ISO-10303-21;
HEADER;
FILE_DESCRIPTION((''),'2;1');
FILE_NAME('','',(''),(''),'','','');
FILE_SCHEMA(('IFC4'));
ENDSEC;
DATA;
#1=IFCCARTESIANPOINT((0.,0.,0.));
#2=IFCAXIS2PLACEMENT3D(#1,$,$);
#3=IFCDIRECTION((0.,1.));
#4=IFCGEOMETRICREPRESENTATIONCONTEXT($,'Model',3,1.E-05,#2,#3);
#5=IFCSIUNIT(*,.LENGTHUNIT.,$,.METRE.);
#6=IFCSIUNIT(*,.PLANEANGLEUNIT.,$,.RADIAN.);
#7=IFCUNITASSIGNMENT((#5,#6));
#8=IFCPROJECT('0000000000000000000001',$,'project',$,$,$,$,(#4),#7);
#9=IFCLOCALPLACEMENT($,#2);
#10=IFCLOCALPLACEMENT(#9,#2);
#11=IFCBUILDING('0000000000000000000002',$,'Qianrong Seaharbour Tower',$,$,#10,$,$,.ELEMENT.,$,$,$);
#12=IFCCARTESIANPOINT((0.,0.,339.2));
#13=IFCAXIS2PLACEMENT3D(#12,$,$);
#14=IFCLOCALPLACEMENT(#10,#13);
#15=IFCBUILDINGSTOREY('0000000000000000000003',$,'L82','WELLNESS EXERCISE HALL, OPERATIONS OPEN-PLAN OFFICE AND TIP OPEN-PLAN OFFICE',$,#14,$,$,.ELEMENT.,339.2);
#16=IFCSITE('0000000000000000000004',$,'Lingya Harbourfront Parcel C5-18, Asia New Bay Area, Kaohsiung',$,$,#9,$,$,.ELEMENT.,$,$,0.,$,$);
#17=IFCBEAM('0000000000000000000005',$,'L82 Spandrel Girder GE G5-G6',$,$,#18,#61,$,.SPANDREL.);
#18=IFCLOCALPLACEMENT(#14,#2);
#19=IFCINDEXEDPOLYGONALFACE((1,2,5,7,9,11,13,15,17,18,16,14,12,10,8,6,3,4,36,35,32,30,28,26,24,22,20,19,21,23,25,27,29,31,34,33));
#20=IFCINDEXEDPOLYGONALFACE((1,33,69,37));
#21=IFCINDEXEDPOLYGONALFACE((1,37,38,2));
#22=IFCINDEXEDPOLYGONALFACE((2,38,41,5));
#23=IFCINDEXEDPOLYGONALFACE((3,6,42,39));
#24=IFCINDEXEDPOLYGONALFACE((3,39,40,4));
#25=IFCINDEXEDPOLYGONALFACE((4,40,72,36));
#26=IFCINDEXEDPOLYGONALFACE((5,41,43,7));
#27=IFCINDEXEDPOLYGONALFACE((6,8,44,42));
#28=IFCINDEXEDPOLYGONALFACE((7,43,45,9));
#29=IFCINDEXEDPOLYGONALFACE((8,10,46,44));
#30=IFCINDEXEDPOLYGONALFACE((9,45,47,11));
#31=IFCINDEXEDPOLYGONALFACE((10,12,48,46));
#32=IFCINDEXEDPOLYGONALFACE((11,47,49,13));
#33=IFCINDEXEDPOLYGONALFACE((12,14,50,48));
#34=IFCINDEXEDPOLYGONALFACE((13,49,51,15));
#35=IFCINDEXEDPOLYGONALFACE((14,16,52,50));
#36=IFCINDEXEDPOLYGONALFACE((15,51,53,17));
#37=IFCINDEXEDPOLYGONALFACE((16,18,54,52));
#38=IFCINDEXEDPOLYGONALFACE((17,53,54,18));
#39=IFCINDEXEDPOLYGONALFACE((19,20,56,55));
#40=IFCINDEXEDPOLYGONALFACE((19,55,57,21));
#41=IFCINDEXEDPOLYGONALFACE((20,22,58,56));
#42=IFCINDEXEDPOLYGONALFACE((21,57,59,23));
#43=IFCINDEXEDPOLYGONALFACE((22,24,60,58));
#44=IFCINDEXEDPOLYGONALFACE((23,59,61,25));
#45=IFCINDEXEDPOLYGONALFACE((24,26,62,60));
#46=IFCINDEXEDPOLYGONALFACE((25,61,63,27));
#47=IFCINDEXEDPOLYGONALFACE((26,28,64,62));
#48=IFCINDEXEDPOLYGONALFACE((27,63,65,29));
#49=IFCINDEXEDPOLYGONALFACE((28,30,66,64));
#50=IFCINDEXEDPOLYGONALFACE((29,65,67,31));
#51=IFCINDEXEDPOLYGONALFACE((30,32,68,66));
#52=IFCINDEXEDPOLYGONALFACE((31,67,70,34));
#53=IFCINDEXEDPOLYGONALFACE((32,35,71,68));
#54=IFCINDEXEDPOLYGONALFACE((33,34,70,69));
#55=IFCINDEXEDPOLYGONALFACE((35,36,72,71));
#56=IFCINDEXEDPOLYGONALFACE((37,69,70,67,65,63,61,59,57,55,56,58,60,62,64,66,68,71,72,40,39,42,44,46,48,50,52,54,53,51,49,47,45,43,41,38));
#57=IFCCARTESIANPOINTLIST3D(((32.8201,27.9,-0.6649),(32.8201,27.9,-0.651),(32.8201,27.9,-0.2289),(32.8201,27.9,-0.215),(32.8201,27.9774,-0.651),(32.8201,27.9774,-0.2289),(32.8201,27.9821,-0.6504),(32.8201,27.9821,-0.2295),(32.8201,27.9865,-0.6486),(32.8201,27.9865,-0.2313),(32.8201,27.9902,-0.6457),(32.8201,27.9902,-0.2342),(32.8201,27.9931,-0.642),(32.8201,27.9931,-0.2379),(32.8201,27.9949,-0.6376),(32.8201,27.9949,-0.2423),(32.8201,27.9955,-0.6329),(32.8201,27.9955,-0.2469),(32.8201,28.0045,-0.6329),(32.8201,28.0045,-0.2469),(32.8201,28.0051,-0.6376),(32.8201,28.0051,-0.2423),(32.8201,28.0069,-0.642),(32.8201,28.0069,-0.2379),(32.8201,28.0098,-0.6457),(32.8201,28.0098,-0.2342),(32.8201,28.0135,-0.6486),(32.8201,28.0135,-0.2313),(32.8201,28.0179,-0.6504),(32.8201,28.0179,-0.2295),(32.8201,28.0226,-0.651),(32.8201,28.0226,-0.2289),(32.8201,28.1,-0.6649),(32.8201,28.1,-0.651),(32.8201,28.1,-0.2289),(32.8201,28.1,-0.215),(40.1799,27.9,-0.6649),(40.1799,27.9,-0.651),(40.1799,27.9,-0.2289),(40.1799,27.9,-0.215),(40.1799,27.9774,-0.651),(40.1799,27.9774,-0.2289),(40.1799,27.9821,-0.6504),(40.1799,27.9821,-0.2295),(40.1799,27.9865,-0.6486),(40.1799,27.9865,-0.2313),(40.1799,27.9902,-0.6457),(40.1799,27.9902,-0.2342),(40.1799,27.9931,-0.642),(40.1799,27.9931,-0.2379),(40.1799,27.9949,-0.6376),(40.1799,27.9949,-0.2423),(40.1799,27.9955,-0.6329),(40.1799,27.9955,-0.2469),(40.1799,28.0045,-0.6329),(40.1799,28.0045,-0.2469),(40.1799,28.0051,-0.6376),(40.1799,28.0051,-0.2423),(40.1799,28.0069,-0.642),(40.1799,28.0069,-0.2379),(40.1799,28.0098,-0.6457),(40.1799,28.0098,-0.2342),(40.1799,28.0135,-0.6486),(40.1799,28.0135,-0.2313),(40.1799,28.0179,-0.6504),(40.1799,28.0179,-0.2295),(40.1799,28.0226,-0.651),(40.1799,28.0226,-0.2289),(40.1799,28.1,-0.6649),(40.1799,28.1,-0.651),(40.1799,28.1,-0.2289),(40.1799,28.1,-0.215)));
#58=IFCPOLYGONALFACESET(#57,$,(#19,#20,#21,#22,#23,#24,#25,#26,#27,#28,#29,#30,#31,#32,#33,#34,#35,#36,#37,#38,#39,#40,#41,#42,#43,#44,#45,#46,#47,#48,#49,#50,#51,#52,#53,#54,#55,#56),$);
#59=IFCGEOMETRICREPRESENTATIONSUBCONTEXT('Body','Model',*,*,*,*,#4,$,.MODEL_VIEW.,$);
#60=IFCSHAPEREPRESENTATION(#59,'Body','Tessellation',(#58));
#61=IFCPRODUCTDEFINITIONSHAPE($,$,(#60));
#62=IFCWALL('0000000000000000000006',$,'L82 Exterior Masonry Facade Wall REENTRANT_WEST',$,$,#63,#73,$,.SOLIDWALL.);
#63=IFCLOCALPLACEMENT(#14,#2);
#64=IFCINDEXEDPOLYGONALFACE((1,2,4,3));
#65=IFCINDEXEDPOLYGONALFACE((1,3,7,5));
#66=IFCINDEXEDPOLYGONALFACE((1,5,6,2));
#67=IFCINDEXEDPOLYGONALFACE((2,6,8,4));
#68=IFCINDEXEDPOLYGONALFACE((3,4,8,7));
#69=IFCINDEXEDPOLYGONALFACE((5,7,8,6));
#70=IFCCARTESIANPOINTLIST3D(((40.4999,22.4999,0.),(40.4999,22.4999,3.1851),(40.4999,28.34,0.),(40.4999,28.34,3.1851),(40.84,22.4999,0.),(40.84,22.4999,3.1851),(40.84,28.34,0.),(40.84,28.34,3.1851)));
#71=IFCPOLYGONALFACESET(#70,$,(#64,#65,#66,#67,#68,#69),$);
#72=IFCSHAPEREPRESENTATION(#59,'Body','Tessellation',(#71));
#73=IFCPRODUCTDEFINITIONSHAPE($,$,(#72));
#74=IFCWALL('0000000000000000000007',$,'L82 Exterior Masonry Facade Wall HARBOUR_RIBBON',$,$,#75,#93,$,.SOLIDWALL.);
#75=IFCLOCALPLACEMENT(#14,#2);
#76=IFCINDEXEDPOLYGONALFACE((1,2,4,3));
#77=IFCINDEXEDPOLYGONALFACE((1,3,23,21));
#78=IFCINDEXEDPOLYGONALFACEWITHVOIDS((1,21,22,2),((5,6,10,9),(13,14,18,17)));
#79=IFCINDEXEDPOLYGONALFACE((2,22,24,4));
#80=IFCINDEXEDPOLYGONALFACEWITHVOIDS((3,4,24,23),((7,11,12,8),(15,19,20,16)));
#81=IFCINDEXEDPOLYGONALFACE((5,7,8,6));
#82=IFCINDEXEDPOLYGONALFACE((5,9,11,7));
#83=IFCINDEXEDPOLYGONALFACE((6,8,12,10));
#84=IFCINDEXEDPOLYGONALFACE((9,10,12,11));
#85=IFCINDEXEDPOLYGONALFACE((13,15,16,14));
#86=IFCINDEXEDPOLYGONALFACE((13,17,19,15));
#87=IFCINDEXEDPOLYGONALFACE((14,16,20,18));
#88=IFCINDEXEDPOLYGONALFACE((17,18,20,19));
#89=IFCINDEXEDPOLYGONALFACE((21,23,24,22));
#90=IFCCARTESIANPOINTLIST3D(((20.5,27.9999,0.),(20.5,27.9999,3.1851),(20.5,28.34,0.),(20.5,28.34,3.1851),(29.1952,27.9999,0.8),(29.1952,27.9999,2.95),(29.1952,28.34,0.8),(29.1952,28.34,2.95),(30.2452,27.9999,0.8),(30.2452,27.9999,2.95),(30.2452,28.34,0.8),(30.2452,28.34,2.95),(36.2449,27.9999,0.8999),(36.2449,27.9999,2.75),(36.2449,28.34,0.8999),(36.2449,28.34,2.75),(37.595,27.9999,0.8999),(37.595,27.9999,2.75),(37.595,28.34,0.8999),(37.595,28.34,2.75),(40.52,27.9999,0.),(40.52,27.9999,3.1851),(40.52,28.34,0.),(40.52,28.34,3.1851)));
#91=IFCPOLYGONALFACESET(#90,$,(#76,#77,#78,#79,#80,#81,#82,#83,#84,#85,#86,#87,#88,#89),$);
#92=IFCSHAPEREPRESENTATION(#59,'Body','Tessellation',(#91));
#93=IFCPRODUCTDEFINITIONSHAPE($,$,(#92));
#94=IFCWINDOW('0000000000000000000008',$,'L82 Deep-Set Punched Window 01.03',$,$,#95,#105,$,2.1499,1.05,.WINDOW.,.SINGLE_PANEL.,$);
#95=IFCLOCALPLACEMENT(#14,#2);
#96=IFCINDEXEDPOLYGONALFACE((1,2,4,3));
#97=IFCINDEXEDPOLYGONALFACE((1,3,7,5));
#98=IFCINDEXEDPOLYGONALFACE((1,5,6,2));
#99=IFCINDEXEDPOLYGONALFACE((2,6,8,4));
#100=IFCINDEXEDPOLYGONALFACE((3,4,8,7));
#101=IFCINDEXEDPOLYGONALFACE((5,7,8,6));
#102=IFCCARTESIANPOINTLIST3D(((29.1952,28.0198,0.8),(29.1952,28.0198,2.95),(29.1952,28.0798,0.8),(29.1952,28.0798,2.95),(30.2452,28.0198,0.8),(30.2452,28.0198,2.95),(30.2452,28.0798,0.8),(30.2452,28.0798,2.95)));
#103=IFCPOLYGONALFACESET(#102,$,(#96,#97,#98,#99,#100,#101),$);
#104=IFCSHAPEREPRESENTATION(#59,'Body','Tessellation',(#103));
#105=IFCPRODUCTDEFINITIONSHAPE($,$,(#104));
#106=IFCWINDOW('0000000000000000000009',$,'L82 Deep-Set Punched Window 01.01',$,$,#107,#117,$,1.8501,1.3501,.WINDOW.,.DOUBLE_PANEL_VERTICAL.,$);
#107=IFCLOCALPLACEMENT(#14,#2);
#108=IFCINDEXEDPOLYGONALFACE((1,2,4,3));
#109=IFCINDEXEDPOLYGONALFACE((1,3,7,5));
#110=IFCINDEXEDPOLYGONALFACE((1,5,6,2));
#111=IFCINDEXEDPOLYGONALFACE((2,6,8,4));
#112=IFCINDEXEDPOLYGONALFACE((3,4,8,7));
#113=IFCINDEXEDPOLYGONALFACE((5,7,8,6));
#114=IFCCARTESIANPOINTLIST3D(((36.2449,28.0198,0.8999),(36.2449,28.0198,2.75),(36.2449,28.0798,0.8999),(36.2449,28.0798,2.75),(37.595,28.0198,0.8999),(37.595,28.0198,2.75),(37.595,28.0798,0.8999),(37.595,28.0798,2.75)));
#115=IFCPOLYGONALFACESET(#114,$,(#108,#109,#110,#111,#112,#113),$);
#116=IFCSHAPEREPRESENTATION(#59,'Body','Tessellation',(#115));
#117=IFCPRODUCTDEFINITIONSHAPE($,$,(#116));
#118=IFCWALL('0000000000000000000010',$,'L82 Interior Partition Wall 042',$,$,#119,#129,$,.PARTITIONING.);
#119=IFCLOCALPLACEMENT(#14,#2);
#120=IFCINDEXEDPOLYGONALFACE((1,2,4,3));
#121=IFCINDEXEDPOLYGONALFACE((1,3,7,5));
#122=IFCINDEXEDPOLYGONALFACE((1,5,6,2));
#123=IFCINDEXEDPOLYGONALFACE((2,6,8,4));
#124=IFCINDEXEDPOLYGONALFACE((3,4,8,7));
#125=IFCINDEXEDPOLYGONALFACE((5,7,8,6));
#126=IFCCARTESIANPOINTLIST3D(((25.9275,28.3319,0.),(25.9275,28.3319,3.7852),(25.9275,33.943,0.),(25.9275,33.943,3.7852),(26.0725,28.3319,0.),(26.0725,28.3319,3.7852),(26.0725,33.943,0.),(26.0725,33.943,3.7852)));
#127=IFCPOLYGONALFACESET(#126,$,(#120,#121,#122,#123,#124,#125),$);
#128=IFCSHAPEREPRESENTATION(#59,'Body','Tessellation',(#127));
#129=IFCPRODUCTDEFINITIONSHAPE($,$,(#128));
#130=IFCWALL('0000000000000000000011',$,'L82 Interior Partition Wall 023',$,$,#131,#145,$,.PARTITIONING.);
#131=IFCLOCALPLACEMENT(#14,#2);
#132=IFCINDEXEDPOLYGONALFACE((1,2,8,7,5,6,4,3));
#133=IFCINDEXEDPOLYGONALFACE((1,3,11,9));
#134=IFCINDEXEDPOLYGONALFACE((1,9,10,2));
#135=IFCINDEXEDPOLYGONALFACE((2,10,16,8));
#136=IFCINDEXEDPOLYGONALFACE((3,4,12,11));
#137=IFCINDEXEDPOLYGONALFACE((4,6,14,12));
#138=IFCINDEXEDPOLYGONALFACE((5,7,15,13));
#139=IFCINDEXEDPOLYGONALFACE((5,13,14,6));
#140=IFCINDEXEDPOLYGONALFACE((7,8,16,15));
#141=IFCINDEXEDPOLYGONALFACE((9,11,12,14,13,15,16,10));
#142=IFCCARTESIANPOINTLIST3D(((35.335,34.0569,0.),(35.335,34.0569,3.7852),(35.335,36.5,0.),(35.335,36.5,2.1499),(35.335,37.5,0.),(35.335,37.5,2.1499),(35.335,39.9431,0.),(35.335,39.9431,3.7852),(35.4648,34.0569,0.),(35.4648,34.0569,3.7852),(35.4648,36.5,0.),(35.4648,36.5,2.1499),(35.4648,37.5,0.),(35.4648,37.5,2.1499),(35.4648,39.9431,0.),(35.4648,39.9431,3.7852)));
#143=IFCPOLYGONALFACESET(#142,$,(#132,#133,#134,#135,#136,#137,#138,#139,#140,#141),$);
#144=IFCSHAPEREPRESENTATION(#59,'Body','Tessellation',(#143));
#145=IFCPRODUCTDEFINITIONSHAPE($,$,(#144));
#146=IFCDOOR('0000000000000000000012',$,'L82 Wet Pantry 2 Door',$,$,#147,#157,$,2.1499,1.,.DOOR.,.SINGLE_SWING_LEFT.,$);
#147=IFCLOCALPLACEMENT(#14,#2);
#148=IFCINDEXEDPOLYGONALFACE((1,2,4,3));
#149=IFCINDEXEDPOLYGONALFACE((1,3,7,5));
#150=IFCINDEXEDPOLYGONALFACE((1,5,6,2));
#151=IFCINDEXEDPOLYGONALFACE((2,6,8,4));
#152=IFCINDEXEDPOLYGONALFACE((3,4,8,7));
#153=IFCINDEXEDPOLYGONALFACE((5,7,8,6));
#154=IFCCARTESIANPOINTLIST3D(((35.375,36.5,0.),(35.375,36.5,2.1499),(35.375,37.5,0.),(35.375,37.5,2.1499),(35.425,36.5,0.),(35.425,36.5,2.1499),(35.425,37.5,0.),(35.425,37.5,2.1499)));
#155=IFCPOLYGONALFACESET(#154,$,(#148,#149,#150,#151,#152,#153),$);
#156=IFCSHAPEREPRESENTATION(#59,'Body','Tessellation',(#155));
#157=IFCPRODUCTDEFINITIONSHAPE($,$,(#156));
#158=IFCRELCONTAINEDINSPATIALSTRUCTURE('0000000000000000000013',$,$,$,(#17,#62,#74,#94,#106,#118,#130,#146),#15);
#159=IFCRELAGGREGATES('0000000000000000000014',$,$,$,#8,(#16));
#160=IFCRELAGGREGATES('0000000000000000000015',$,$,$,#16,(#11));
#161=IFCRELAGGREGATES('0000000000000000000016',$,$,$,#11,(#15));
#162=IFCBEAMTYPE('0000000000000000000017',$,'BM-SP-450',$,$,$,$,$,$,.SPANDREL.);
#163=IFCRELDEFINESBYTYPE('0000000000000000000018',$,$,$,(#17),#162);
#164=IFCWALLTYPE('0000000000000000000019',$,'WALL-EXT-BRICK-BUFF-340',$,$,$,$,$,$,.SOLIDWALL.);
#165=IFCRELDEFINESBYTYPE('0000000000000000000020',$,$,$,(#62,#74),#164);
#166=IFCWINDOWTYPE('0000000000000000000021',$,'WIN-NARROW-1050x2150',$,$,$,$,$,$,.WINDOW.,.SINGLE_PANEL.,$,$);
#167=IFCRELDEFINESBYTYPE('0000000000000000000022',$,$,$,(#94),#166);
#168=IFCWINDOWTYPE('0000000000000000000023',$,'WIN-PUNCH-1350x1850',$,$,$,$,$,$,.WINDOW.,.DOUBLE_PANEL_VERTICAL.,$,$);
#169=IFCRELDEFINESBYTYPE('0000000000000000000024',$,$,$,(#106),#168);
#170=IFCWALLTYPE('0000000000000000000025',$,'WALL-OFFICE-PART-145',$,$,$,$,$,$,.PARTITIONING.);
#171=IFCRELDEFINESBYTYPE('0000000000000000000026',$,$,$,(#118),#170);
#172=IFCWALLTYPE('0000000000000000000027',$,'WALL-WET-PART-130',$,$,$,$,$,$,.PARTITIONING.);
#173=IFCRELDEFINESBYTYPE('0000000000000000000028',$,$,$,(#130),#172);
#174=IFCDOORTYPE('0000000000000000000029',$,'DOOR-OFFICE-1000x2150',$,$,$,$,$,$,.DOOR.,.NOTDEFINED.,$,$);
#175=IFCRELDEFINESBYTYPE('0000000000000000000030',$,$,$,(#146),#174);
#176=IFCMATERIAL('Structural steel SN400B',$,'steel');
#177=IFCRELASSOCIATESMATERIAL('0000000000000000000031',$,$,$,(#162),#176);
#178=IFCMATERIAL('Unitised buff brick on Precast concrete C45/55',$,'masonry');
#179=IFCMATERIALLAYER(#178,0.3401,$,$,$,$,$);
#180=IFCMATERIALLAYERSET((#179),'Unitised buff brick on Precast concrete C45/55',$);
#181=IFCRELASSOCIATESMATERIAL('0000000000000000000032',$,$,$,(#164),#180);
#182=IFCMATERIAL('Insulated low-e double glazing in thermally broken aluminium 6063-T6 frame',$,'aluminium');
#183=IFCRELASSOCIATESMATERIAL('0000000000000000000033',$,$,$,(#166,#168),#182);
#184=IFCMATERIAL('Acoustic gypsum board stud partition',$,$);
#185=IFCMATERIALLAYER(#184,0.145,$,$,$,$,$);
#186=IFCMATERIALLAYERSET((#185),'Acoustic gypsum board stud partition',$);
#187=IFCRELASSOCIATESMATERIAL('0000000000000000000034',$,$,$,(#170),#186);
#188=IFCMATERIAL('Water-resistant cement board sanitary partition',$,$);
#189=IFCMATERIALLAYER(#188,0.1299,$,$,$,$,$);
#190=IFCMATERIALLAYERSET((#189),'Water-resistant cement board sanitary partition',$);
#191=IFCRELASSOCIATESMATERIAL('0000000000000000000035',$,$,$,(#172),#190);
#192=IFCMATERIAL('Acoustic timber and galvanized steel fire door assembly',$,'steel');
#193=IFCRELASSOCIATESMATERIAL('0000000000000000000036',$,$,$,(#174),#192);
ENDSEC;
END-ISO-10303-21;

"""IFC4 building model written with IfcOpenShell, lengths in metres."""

from ifc_helpers import new_model, si_unit, direction, frame, frame_2d, origin, origin_2d, place, context, subcontext, project, spatial, rectangle, i_section, extrude, material, layer, layer_set, material_profile, profile_set, type_object, element, fill, save


model = new_model("IFC4")

# Units and contexts
model_context = context("Model", 3, precision=1e-05, world=origin(), true_north=direction((0.0, 1.0)))
body_context = subcontext(model_context, "Body", "Model", "MODEL_VIEW")
ifc_project = project(units=[si_unit("LENGTHUNIT", "METRE"), si_unit("PLANEANGLEUNIT", "RADIAN")], contexts=[model_context])

# Site, building, storey
site_placement = place(None, origin())
site = spatial("IfcSite", under=ifc_project, at=site_placement, Name="Lingya Harbourfront Parcel C5-18, Asia New Bay Area, Kaohsiung", CompositionType="ELEMENT", RefElevation=0.0)
building_placement = place(site_placement, origin())
building = spatial("IfcBuilding", under=site, at=building_placement, Name="Qianrong Seaharbour Tower", CompositionType="ELEMENT")
storey_placement = place(building_placement, frame((0.0, 0.0, 339.2)))
storey = spatial("IfcBuildingStorey", under=building, at=storey_placement, Name="L82", Description="WELLNESS EXERCISE HALL, OPERATIONS OPEN-PLAN OFFICE AND TIP OPEN-PLAN OFFICE", CompositionType="ELEMENT", Elevation=339.2)

# Shared definitions
ifc_material_1 = material(Name="Structural steel SN400B", Category="steel")

# Beam
ifc_material_profile_1 = material_profile(ifc_material_1, i_section(OverallWidth=0.2, OverallDepth=0.45, WebThickness=0.009, FlangeThickness=0.0139, FilletRadius=0.0181, at=origin_2d()), Name="H450x200x9x14")
ifc_profile_set_1 = profile_set([ifc_material_profile_1], Name="Structural steel SN400B")
beam_type_1 = type_object("IfcBeamType", Name="BM-SP-450", PredefinedType="SPANDREL", material=ifc_profile_set_1)
for number, where, z_axis, x_axis, name in (
    (1, (32.8201, 28.0, -0.4399), (1.0, 0.0, 0.0), (0.0, 1.0, 0.0), "L82 Spandrel Girder GE G5-G6"),
):
    element("IfcBeam", number, at=place(storey_placement, frame(where, z_axis=z_axis, x_axis=x_axis)), inside=storey, type_object=beam_type_1, Name=name, PredefinedType="SPANDREL", context=body_context, shape_type="SweptSolid", body=[
        extrude(i_section(OverallWidth=0.2, OverallDepth=0.45, WebThickness=0.009, FlangeThickness=0.0139, FilletRadius=0.0181, at=origin_2d()), origin(), (0.0, 0.0, 1.0), 7.3599),
    ])

# Wall
ifc_material_2 = material(Name="Unitised buff brick on Precast concrete C45/55", Category="masonry")
ifc_layer_1 = layer(ifc_material_2, 0.3401)
ifc_layer_set_1 = layer_set([ifc_layer_1], Name="Unitised buff brick on Precast concrete C45/55")
wall_type_1 = type_object("IfcWallType", Name="WALL-EXT-BRICK-BUFF-340", PredefinedType="SOLIDWALL", material=ifc_layer_set_1)
wall_1_placement = place(storey_placement, frame((40.6699, 22.5, 0.0), z_axis=(0.0, 0.0, 1.0), x_axis=(0.0, 1.0, 0.0)))
element("IfcWall", 2, at=wall_1_placement, inside=storey, type_object=wall_type_1, Name="L82 Exterior Masonry Facade Wall REENTRANT_WEST", PredefinedType="SOLIDWALL", context=body_context, shape_type="SweptSolid", body=[
    extrude(rectangle(XDim=5.8401, YDim=0.3401, at=frame_2d((2.9199, 0.0))), origin(), (0.0, 0.0, 1.0), 3.1851),
])

# Wall, openings, windows
wall_2_placement = place(storey_placement, frame((40.52, 28.1699, 0.0), z_axis=(0.0, 0.0, 1.0), x_axis=(-1.0, 0.0, 0.0)))
wall_2 = element("IfcWall", 3, at=wall_2_placement, inside=storey, type_object=wall_type_1, Name="L82 Exterior Masonry Facade Wall HARBOUR_RIBBON", PredefinedType="SOLIDWALL", context=body_context, shape_type="SweptSolid", body=[
    extrude(rectangle(XDim=20.02, YDim=0.3401, at=frame_2d((10.01, 0.0))), origin(), (0.0, 0.0, 1.0), 3.1851),
])
opening_1_placement = place(wall_2_placement, frame((2.925, 0.0, 0.8999)))
opening_1 = element("IfcOpeningElement", 4, at=opening_1_placement, cuts=wall_2, PredefinedType="OPENING", context=body_context, shape_type="SweptSolid", body=[
    extrude(rectangle(XDim=1.3501, YDim=1.8501, at=frame_2d((0.675, 0.925))), frame((0.0, 0.1802, 0.0), z_axis=(0.0, -1.0, 0.0), x_axis=(1.0, 0.0, 0.0)), (0.0, 0.0, 1.0), 0.3601),
])
opening_2_placement = place(wall_2_placement, frame((10.2749, 0.0, 0.8)))
opening_2 = element("IfcOpeningElement", 5, at=opening_2_placement, cuts=wall_2, PredefinedType="OPENING", context=body_context, shape_type="SweptSolid", body=[
    extrude(rectangle(XDim=1.05, YDim=2.1499, at=frame_2d((0.5249, 1.075))), frame((0.0, 0.1802, 0.0), z_axis=(0.0, -1.0, 0.0), x_axis=(1.0, 0.0, 0.0)), (0.0, 0.0, 1.0), 0.3601),
])
ifc_material_3 = material(Name="Insulated low-e double glazing in thermally broken aluminium 6063-T6 frame", Category="aluminium")
window_type_1 = type_object("IfcWindowType", Name="WIN-NARROW-1050x2150", PartitioningType="SINGLE_PANEL", PredefinedType="WINDOW", material=ifc_material_3)
window_1_placement = place(opening_2_placement, origin())
window_1 = element("IfcWindow", 6, at=window_1_placement, inside=storey, type_object=window_type_1, Name="L82 Deep-Set Punched Window 01.03", OverallHeight=2.1499, OverallWidth=1.05, PartitioningType="SINGLE_PANEL", PredefinedType="WINDOW", context=body_context, shape_type="SweptSolid", body=[
    extrude(rectangle(XDim=1.05, YDim=2.1499, at=frame_2d((0.5249, 1.075))), frame((0.0, 0.1501, 0.0), z_axis=(0.0, -1.0, 0.0), x_axis=(1.0, 0.0, 0.0)), (0.0, 0.0, 1.0), 0.0601),
])
fill(opening_2, window_1)
window_type_2 = type_object("IfcWindowType", Name="WIN-PUNCH-1350x1850", PartitioningType="DOUBLE_PANEL_VERTICAL", PredefinedType="WINDOW", material=ifc_material_3)
window_2_placement = place(opening_1_placement, origin())
window_2 = element("IfcWindow", 7, at=window_2_placement, inside=storey, type_object=window_type_2, Name="L82 Deep-Set Punched Window 01.01", OverallHeight=1.8501, OverallWidth=1.3501, PartitioningType="DOUBLE_PANEL_VERTICAL", PredefinedType="WINDOW", context=body_context, shape_type="SweptSolid", body=[
    extrude(rectangle(XDim=1.3501, YDim=1.8501, at=frame_2d((0.675, 0.925))), frame((0.0, 0.1501, 0.0), z_axis=(0.0, -1.0, 0.0), x_axis=(1.0, 0.0, 0.0)), (0.0, 0.0, 1.0), 0.0601),
])
fill(opening_1, window_2)

# Wall
ifc_material_4 = material(Name="Acoustic gypsum board stud partition")
ifc_layer_2 = layer(ifc_material_4, 0.145)
ifc_layer_set_2 = layer_set([ifc_layer_2], Name="Acoustic gypsum board stud partition")
wall_type_2 = type_object("IfcWallType", Name="WALL-OFFICE-PART-145", PredefinedType="PARTITIONING", material=ifc_layer_set_2)
wall_3_placement = place(storey_placement, frame((26.0, 33.9431, 0.0), z_axis=(0.0, 0.0, 1.0), x_axis=(0.0, -1.0, 0.0)))
element("IfcWall", 8, at=wall_3_placement, inside=storey, type_object=wall_type_2, Name="L82 Interior Partition Wall 042", PredefinedType="PARTITIONING", context=body_context, shape_type="SweptSolid", body=[
    extrude(rectangle(XDim=5.6111, YDim=0.145, at=frame_2d((2.8057, 0.0))), origin(), (0.0, 0.0, 1.0), 3.7852),
])

# Wall, opening, door
ifc_material_5 = material(Name="Water-resistant cement board sanitary partition")
ifc_layer_3 = layer(ifc_material_5, 0.1299)
ifc_layer_set_3 = layer_set([ifc_layer_3], Name="Water-resistant cement board sanitary partition")
wall_type_3 = type_object("IfcWallType", Name="WALL-WET-PART-130", PredefinedType="PARTITIONING", material=ifc_layer_set_3)
wall_4_placement = place(storey_placement, frame((35.3999, 34.0569, 0.0), z_axis=(0.0, 0.0, 1.0), x_axis=(0.0, 1.0, 0.0)))
wall_4 = element("IfcWall", 9, at=wall_4_placement, inside=storey, type_object=wall_type_3, Name="L82 Interior Partition Wall 023", PredefinedType="PARTITIONING", context=body_context, shape_type="SweptSolid", body=[
    extrude(rectangle(XDim=5.8862, YDim=0.1299, at=frame_2d((2.9431, 0.0))), origin(), (0.0, 0.0, 1.0), 3.7852),
])
opening_3_placement = place(wall_4_placement, frame((2.4431, 0.0, 0.0)))
opening_3 = element("IfcOpeningElement", 10, at=opening_3_placement, cuts=wall_4, PredefinedType="OPENING", context=body_context, shape_type="SweptSolid", body=[
    extrude(rectangle(XDim=1.0, YDim=2.1499, at=frame_2d((0.5, 1.075))), frame((0.0, 0.075, 0.0), z_axis=(0.0, -1.0, 0.0), x_axis=(1.0, 0.0, 0.0)), (0.0, 0.0, 1.0), 0.1499),
])
ifc_material_6 = material(Name="Acoustic timber and galvanized steel fire door assembly", Category="steel")
door_type = type_object("IfcDoorType", Name="DOOR-OFFICE-1000x2150", OperationType="NOTDEFINED", PredefinedType="DOOR", material=ifc_material_6)
door_1_placement = place(opening_3_placement, origin())
door_1 = element("IfcDoor", 11, at=door_1_placement, inside=storey, type_object=door_type, Name="L82 Wet Pantry 2 Door", OperationType="SINGLE_SWING_LEFT", OverallHeight=2.1499, OverallWidth=1.0, PredefinedType="DOOR", context=body_context, shape_type="SweptSolid", body=[
    extrude(rectangle(XDim=1.0, YDim=2.1499, at=frame_2d((0.5, 1.075))), frame((0.0, 0.0249, 0.0), z_axis=(0.0, -1.0, 0.0), x_axis=(1.0, 0.0, 0.0)), (0.0, 0.0, 1.0), 0.05),
])
fill(opening_3, door_1)

save(model, "model.ifc")
